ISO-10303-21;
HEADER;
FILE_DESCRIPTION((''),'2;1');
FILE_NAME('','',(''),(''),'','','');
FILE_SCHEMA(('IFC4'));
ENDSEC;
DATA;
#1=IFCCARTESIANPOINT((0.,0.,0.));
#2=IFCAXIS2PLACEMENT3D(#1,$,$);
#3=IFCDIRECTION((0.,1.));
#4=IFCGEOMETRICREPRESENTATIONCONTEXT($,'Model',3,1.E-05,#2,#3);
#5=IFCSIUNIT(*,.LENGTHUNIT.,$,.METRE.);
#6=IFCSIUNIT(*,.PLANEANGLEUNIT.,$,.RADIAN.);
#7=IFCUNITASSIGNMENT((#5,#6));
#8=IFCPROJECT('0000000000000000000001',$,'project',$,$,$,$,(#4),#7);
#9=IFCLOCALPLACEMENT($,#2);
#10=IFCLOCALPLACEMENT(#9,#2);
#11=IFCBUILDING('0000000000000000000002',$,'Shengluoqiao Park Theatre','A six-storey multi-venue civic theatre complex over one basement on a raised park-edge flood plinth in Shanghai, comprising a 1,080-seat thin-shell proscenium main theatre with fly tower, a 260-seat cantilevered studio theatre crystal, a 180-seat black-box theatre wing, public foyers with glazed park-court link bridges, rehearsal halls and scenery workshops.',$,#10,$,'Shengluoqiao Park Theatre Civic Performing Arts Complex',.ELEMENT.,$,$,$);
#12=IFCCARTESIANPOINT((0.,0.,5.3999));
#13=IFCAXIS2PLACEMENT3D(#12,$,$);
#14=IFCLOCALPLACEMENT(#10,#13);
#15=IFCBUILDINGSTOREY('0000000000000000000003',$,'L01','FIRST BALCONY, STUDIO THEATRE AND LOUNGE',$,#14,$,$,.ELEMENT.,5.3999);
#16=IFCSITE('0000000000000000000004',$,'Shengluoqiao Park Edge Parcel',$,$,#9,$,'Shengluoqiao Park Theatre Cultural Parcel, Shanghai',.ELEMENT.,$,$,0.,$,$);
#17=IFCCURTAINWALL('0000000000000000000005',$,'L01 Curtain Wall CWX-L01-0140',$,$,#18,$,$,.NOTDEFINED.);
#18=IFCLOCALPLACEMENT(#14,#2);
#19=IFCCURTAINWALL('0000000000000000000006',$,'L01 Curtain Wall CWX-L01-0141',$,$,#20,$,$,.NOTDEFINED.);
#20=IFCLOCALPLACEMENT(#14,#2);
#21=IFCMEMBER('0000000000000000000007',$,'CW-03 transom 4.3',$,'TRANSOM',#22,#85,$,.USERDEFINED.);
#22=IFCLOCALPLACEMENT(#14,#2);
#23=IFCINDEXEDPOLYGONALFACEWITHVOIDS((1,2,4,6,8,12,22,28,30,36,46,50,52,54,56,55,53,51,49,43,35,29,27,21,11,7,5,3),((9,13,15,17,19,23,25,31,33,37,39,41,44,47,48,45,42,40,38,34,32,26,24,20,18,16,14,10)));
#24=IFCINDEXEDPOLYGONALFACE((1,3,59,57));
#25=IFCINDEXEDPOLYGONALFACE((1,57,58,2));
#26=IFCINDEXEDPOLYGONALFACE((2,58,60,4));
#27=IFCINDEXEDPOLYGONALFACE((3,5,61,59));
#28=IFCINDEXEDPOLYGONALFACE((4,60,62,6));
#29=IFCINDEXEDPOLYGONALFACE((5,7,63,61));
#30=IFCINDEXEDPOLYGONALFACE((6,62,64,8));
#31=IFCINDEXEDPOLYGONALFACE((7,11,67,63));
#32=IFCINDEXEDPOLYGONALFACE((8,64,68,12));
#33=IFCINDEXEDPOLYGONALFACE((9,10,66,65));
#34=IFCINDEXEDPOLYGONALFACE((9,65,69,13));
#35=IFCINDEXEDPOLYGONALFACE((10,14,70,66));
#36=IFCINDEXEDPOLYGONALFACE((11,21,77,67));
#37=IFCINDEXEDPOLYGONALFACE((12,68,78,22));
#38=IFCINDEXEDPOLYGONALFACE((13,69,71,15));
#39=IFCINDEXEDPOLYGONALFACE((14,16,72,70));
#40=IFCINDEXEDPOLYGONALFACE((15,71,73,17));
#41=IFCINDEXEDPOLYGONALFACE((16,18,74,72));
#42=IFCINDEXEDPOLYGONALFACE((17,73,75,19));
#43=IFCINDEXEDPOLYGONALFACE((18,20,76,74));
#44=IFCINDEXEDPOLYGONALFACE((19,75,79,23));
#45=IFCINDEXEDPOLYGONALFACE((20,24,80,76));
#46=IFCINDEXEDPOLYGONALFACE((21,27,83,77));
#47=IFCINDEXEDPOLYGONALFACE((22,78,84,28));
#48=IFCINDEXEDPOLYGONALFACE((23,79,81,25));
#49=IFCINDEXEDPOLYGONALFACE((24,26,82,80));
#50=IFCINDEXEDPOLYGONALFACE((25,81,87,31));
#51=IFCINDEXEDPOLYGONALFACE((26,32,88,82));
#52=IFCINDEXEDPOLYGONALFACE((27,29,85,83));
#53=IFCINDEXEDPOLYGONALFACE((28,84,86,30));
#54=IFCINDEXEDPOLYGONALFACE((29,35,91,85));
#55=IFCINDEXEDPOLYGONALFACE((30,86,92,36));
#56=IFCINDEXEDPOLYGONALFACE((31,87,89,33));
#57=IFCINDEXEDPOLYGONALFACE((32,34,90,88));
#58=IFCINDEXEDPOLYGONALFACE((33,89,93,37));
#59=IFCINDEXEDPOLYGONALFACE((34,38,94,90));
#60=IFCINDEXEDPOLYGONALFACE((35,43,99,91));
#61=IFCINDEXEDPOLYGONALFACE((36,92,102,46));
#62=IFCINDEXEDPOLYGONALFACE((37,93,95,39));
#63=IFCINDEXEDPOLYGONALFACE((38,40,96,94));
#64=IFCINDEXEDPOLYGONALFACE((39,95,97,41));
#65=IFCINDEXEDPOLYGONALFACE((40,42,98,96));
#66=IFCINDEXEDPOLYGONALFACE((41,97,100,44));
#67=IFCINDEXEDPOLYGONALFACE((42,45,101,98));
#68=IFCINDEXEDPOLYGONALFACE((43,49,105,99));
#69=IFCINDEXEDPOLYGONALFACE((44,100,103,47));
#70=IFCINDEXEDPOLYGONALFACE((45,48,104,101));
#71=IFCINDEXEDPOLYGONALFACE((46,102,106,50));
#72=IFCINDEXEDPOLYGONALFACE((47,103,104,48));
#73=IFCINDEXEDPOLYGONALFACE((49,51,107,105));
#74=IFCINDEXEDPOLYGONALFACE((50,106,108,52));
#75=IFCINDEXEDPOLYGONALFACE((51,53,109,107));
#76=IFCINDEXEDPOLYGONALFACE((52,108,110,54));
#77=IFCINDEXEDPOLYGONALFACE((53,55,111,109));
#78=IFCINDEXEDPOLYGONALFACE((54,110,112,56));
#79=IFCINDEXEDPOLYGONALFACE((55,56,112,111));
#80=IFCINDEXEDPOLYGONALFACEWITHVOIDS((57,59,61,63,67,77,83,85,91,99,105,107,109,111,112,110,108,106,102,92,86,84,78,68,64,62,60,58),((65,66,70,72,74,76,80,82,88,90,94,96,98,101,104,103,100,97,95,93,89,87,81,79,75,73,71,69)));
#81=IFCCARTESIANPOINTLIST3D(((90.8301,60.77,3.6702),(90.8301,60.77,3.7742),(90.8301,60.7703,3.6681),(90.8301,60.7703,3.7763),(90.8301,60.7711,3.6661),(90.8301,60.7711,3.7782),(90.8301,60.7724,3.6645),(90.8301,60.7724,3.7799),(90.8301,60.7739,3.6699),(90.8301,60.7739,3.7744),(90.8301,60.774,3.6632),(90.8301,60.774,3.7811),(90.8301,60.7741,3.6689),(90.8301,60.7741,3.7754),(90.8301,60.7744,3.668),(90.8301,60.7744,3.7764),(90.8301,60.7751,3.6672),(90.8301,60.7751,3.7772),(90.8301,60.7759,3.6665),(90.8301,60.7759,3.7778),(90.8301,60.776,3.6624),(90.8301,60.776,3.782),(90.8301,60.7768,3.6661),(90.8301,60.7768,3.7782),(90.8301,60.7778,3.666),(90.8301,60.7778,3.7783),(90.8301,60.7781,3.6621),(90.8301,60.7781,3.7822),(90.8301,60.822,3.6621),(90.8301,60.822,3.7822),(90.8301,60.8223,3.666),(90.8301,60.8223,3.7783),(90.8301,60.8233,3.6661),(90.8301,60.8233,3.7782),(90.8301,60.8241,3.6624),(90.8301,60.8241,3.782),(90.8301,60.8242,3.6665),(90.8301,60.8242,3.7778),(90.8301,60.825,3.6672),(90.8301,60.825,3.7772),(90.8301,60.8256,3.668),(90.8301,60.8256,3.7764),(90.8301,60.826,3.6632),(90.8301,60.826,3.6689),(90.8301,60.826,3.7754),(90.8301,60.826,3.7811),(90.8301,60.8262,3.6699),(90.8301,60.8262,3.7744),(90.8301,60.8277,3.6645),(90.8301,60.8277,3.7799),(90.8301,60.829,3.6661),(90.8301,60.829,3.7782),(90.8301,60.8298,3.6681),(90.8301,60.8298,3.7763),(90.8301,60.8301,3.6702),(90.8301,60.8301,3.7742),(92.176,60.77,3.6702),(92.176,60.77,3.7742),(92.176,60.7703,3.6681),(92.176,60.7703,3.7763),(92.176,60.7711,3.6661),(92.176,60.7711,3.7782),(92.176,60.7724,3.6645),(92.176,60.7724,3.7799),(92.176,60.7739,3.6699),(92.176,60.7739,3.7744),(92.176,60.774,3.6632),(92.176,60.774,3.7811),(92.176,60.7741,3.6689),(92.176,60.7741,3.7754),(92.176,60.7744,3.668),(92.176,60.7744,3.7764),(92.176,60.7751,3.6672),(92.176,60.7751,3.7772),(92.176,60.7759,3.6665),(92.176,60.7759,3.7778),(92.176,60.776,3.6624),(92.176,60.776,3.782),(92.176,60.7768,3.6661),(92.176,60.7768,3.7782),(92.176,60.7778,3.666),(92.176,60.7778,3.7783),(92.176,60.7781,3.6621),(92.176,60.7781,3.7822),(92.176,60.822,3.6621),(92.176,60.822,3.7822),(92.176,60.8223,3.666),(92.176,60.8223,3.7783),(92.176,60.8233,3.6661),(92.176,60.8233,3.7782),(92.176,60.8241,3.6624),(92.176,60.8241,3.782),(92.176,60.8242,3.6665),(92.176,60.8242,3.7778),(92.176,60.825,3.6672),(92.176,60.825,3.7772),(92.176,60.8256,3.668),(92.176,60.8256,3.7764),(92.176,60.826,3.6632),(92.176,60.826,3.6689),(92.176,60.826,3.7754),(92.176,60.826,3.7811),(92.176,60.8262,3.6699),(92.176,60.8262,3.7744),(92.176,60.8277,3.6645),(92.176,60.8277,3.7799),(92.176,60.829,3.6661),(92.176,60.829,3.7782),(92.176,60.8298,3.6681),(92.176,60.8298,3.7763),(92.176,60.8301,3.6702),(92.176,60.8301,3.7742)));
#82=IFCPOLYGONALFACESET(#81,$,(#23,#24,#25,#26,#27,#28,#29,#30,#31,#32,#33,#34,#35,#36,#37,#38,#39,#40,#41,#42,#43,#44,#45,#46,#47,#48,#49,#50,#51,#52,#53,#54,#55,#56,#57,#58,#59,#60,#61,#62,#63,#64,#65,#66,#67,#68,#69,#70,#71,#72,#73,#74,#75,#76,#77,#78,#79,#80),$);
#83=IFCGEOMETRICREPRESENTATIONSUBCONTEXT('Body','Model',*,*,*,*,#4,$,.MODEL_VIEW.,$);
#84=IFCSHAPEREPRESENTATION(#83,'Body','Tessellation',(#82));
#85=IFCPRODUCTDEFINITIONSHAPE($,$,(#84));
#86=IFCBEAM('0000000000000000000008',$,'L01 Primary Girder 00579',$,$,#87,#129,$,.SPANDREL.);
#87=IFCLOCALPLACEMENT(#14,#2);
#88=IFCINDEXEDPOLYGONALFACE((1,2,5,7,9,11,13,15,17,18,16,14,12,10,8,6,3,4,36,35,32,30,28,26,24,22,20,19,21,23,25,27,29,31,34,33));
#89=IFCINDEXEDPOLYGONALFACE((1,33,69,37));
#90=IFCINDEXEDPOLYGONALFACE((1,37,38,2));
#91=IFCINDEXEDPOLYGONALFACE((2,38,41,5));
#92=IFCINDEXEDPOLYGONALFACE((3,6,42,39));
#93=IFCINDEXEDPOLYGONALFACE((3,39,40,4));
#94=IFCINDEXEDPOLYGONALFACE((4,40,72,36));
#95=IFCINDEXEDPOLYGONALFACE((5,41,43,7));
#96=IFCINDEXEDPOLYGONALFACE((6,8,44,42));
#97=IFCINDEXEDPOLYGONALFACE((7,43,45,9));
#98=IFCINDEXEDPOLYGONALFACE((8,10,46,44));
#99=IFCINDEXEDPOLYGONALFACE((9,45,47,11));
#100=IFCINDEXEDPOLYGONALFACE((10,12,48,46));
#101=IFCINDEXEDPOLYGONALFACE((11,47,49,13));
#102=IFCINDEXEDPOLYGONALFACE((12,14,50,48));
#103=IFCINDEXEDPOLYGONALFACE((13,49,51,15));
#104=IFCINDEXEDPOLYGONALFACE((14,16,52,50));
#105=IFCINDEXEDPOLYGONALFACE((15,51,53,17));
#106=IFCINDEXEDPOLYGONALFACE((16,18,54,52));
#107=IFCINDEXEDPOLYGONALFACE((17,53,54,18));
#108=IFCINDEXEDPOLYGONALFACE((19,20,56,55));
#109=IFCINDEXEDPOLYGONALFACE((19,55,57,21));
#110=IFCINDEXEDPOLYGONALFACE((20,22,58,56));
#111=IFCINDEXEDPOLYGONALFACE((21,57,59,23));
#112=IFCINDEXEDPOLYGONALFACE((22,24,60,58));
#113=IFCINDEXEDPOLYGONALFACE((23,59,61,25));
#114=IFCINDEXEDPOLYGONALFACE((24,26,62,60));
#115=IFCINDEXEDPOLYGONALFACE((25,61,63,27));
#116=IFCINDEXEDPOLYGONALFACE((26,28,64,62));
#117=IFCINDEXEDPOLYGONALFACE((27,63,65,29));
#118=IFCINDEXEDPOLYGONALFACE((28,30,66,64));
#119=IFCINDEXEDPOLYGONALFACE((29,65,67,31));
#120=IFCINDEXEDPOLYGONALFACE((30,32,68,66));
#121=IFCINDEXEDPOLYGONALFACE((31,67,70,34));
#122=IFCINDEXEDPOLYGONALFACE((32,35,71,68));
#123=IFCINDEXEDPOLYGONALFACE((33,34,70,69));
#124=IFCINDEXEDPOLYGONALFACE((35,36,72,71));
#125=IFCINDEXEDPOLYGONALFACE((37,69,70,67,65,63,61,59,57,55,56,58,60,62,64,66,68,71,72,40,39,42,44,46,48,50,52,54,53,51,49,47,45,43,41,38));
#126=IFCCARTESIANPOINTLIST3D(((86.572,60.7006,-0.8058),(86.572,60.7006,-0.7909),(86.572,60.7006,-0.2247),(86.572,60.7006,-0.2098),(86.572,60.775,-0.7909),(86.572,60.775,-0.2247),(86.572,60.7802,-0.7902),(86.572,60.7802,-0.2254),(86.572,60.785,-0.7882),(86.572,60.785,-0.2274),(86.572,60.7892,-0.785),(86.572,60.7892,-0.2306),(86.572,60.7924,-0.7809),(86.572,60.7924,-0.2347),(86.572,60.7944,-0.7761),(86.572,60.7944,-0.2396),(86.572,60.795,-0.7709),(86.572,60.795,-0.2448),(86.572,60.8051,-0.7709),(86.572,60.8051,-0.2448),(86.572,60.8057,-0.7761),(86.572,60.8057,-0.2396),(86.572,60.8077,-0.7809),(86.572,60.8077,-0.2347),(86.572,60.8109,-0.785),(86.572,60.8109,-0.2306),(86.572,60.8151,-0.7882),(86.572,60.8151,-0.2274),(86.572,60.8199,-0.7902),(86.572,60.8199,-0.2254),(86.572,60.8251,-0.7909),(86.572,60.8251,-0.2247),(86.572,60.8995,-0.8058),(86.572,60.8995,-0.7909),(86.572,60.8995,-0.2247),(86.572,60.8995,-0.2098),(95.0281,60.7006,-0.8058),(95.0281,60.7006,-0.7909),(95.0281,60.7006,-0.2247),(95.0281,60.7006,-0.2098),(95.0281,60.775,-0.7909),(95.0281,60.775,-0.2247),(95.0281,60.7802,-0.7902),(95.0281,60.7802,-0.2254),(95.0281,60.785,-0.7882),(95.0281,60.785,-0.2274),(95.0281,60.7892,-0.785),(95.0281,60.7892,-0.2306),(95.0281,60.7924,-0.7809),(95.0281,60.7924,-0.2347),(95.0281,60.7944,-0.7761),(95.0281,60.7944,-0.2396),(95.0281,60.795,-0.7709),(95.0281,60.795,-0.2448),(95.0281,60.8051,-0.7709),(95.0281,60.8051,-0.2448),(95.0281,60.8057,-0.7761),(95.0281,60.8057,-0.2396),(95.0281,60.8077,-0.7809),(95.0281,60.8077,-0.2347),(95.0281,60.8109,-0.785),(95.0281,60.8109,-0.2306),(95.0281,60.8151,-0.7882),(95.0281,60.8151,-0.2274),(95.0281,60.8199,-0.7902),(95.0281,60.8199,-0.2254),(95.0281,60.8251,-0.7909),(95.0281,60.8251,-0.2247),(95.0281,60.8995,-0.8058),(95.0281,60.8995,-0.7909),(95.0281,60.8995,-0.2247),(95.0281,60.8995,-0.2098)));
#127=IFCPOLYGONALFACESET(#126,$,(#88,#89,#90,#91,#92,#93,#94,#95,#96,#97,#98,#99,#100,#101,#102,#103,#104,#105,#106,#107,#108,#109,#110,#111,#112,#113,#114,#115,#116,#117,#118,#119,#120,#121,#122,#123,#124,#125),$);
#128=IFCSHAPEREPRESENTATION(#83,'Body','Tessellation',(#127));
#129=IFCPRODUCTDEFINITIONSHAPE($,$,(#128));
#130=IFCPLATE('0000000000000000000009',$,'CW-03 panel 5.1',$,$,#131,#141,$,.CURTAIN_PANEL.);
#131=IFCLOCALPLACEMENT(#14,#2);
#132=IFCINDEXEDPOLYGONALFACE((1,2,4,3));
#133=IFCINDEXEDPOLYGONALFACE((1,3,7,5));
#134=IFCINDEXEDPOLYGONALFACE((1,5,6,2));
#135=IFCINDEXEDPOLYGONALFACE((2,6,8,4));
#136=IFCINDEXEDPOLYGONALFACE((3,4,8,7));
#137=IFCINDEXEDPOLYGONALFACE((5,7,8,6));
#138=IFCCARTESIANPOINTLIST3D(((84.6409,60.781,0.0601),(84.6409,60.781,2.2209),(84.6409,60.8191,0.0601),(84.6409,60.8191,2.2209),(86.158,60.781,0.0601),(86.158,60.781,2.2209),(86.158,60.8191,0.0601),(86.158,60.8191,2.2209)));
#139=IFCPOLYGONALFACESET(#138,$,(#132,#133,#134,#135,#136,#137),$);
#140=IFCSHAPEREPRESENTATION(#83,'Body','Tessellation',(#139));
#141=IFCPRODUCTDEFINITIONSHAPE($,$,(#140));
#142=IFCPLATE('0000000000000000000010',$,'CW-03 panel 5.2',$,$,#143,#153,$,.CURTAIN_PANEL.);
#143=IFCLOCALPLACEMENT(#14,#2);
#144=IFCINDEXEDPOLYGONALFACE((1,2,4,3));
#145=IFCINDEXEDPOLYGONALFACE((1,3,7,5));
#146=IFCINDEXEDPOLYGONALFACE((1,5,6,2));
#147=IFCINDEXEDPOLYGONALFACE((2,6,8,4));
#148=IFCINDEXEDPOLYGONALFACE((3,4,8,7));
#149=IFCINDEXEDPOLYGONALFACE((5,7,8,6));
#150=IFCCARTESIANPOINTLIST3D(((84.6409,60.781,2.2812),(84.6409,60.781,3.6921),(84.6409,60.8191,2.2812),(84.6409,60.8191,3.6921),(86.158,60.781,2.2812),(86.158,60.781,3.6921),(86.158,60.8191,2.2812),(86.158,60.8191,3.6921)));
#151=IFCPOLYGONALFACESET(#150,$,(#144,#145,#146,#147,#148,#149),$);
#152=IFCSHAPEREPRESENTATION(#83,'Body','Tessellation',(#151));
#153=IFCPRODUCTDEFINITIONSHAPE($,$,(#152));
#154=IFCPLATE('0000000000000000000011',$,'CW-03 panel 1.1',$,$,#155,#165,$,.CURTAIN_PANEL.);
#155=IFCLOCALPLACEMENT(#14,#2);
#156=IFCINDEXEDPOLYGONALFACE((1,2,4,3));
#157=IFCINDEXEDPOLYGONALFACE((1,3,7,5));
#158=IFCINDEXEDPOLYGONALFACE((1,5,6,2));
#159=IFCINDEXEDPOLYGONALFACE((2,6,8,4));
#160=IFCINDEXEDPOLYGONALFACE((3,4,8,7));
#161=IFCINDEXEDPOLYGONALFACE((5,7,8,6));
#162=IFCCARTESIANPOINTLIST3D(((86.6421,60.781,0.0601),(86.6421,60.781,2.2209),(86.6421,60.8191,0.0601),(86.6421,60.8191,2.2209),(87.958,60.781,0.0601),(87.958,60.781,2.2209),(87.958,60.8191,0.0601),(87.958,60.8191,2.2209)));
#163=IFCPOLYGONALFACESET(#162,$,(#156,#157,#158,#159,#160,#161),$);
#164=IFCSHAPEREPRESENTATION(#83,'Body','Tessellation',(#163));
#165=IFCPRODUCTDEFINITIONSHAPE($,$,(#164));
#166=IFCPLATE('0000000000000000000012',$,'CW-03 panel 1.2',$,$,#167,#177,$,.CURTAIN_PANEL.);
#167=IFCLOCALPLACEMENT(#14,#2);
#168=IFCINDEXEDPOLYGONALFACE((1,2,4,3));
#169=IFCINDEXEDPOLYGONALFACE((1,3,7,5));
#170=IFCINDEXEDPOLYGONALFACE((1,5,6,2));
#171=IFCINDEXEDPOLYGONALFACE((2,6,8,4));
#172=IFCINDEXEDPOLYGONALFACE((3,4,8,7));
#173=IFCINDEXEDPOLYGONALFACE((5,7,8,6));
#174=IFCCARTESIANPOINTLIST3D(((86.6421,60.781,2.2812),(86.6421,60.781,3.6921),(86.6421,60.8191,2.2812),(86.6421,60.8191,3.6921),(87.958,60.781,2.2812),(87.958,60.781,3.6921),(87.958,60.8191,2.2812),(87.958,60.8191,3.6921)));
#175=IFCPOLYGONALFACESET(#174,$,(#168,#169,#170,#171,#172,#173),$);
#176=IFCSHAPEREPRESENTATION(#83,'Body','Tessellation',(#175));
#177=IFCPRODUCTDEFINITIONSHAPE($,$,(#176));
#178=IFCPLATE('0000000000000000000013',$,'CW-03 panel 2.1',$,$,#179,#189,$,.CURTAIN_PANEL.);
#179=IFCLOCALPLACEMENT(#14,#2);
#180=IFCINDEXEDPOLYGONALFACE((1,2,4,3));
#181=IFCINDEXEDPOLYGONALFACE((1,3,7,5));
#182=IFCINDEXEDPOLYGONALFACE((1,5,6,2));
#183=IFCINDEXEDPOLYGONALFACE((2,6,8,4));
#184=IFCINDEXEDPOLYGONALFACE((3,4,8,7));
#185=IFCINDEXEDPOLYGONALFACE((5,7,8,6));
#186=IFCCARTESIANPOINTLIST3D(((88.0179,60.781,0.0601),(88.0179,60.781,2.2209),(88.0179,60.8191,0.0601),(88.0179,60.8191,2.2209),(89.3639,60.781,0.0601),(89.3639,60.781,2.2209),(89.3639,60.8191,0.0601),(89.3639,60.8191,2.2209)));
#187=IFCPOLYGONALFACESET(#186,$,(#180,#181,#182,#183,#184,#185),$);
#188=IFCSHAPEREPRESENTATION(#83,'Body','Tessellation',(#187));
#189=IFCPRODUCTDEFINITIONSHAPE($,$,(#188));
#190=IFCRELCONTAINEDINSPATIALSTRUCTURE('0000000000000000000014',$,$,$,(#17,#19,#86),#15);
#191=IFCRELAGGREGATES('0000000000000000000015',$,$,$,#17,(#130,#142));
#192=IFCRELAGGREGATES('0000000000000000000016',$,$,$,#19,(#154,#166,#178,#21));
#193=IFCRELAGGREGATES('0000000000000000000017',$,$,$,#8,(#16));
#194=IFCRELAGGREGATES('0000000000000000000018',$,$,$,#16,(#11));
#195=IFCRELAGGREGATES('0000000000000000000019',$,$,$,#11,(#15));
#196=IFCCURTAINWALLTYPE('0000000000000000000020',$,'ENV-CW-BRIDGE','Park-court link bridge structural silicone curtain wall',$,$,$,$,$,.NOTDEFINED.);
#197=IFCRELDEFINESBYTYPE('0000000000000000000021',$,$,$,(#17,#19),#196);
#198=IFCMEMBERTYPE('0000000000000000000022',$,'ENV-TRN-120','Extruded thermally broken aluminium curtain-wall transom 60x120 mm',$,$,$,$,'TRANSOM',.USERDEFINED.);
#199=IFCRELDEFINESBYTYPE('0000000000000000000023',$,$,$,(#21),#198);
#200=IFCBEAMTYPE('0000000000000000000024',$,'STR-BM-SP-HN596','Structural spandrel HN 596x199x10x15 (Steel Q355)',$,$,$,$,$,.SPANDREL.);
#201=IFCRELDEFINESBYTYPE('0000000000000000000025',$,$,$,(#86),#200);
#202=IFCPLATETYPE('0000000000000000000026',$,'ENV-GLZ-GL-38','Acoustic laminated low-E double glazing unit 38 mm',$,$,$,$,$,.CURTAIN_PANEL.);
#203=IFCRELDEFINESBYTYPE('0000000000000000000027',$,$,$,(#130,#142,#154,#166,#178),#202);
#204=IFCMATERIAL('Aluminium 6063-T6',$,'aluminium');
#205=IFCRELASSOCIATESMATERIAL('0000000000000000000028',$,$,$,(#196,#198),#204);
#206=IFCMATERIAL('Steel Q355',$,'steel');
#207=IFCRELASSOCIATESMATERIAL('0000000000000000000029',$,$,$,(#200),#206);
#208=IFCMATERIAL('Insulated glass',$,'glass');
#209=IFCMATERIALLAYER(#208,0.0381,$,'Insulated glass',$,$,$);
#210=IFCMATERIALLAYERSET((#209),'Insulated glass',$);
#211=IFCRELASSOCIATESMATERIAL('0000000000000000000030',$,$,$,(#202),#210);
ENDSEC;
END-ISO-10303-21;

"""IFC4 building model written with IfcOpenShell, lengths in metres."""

from ifc_helpers import new_model, si_unit, direction, frame, origin, origin_2d, place, context, subcontext, project, spatial, rectangle, hollow_rectangle, i_section, extrude, material, layer, layer_set, material_profile, profile_set, type_object, element, aggregate, save


model = new_model("IFC4")

# Units and contexts
model_context = context("Model", 3, precision=1e-05, world=origin(), true_north=direction((0.0, 1.0)))
body_context = subcontext(model_context, "Body", "Model", "MODEL_VIEW")
ifc_project = project(units=[si_unit("LENGTHUNIT", "METRE"), si_unit("PLANEANGLEUNIT", "RADIAN")], contexts=[model_context])

# Site, building, storey
site_placement = place(None, origin())
site = spatial("IfcSite", under=ifc_project, at=site_placement, Name="Shengluoqiao Park Edge Parcel", LongName="Shengluoqiao Park Theatre Cultural Parcel, Shanghai", CompositionType="ELEMENT", RefElevation=0.0)
building_placement = place(site_placement, origin())
building = spatial("IfcBuilding", under=site, at=building_placement, Name="Shengluoqiao Park Theatre", Description="A six-storey multi-venue civic theatre complex over one basement on a raised park-edge flood plinth in Shanghai, comprising a 1,080-seat thin-shell proscenium main theatre with fly tower, a 260-seat cantilevered studio theatre crystal, a 180-seat black-box theatre wing, public foyers with glazed park-court link bridges, rehearsal halls and scenery workshops.", LongName="Shengluoqiao Park Theatre Civic Performing Arts Complex", CompositionType="ELEMENT")
storey_placement = place(building_placement, frame((0.0, 0.0, 5.3999)))
storey = spatial("IfcBuildingStorey", under=building, at=storey_placement, Name="L01", Description="FIRST BALCONY, STUDIO THEATRE AND LOUNGE", CompositionType="ELEMENT", Elevation=5.3999)

# Shared definitions
ifc_material_1 = material(Name="Steel Q355", Category="steel")

# Curtain wall
ifc_material_2 = material(Name="Aluminium 6063-T6", Category="aluminium")
curtain_wall_type = type_object("IfcCurtainWallType", Name="ENV-CW-BRIDGE", Description="Park-court link bridge structural silicone curtain wall", PredefinedType="NOTDEFINED", material=ifc_material_2)
curtain_wall_1_placement = place(storey_placement, origin())
curtain_wall_1 = element("IfcCurtainWall", 1, at=curtain_wall_1_placement, inside=storey, type_object=curtain_wall_type, Name="L01 Curtain Wall CWX-L01-0140", PredefinedType="NOTDEFINED")

# Curtain wall
curtain_wall_2_placement = place(storey_placement, origin())
curtain_wall_2 = element("IfcCurtainWall", 2, at=curtain_wall_2_placement, inside=storey, type_object=curtain_wall_type, Name="L01 Curtain Wall CWX-L01-0141", PredefinedType="NOTDEFINED")

# Member
ifc_material_profile_1 = material_profile(ifc_material_2, hollow_rectangle(XDim=0.0601, YDim=0.1201, WallThickness=0.0039, InnerFilletRadius=0.0039, OuterFilletRadius=0.0081, at=origin_2d()), Name="ALU TRANSOM 120x60x4")
ifc_profile_set_1 = profile_set([ifc_material_profile_1], Name="Aluminium 6063-T6")
member_type_1 = type_object("IfcMemberType", Name="ENV-TRN-120", Description="Extruded thermally broken aluminium curtain-wall transom 60x120 mm", ElementType="TRANSOM", PredefinedType="USERDEFINED", material=ifc_profile_set_1)
member_1_placement = place(storey_placement, frame((90.8301, 60.8, 3.7222), z_axis=(1.0, 0.0, 0.0), x_axis=(0.0, 1.0, 0.0)))
member_1 = element("IfcMember", 3, at=member_1_placement, type_object=member_type_1, Name="CW-03 transom 4.3", ObjectType="TRANSOM", PredefinedType="USERDEFINED", context=body_context, shape_type="SweptSolid", body=[
    extrude(hollow_rectangle(XDim=0.0601, YDim=0.1201, WallThickness=0.0039, InnerFilletRadius=0.0039, OuterFilletRadius=0.0081, at=origin_2d()), origin(), (0.0, 0.0, 1.0), 1.3459),
])

# Beam
ifc_material_profile_2 = material_profile(ifc_material_1, i_section(OverallWidth=0.199, OverallDepth=0.5959, WebThickness=0.01, FlangeThickness=0.0149, FilletRadius=0.02, at=origin_2d()), Name="HN 596x199x10x15")
ifc_profile_set_2 = profile_set([ifc_material_profile_2], Name="Steel Q355")
beam_type = type_object("IfcBeamType", Name="STR-BM-SP-HN596", Description="Structural spandrel HN 596x199x10x15 (Steel Q355)", PredefinedType="SPANDREL", material=ifc_profile_set_2)
beam_placement = place(storey_placement, frame((86.572, 60.8, -0.5078), z_axis=(1.0, 0.0, 0.0), x_axis=(0.0, 1.0, 0.0)))
element("IfcBeam", 4, at=beam_placement, inside=storey, type_object=beam_type, Name="L01 Primary Girder 00579", PredefinedType="SPANDREL", context=body_context, shape_type="SweptSolid", body=[
    extrude(i_section(OverallWidth=0.199, OverallDepth=0.5959, WebThickness=0.01, FlangeThickness=0.0149, FilletRadius=0.02, at=origin_2d()), origin(), (0.0, 0.0, 1.0), 8.4561),
])

# Plates
ifc_material_3 = material(Name="Insulated glass", Category="glass")
ifc_layer_1 = layer(ifc_material_3, 0.0381, Name="Insulated glass")
ifc_layer_set_1 = layer_set([ifc_layer_1], Name="Insulated glass")
plate_type_1 = type_object("IfcPlateType", Name="ENV-GLZ-GL-38", Description="Acoustic laminated low-E double glazing unit 38 mm", PredefinedType="CURTAIN_PANEL", material=ifc_layer_set_1)
plate_1_placement = place(storey_placement, frame((85.3994, 60.8, 0.0601), z_axis=(0.0, 0.0, 1.0), x_axis=(1.0, 0.0, 0.0)))
plate_1 = element("IfcPlate", 5, at=plate_1_placement, type_object=plate_type_1, Name="CW-03 panel 5.1", PredefinedType="CURTAIN_PANEL", context=body_context, shape_type="SweptSolid", body=[
    extrude(rectangle(XDim=1.5171, YDim=0.0381, at=origin_2d()), origin(), (0.0, 0.0, 1.0), 2.1609),
])
plate_2_placement = place(storey_placement, frame((85.3994, 60.8, 2.2812), z_axis=(0.0, 0.0, 1.0), x_axis=(1.0, 0.0, 0.0)))
plate_2 = element("IfcPlate", 6, at=plate_2_placement, type_object=plate_type_1, Name="CW-03 panel 5.2", PredefinedType="CURTAIN_PANEL", context=body_context, shape_type="SweptSolid", body=[
    extrude(rectangle(XDim=1.5171, YDim=0.0381, at=origin_2d()), origin(), (0.0, 0.0, 1.0), 1.4109),
])
aggregate(curtain_wall_1, [plate_1, plate_2])
plate_3_placement = place(storey_placement, frame((87.3, 60.8, 0.0601), z_axis=(0.0, 0.0, 1.0), x_axis=(1.0, 0.0, 0.0)))
plate_3 = element("IfcPlate", 7, at=plate_3_placement, type_object=plate_type_1, Name="CW-03 panel 1.1", PredefinedType="CURTAIN_PANEL", context=body_context, shape_type="SweptSolid", body=[
    extrude(rectangle(XDim=1.3159, YDim=0.0381, at=origin_2d()), origin(), (0.0, 0.0, 1.0), 2.1609),
])
plate_4_placement = place(storey_placement, frame((87.3, 60.8, 2.2812), z_axis=(0.0, 0.0, 1.0), x_axis=(1.0, 0.0, 0.0)))
plate_4 = element("IfcPlate", 8, at=plate_4_placement, type_object=plate_type_1, Name="CW-03 panel 1.2", PredefinedType="CURTAIN_PANEL", context=body_context, shape_type="SweptSolid", body=[
    extrude(rectangle(XDim=1.3159, YDim=0.0381, at=origin_2d()), origin(), (0.0, 0.0, 1.0), 1.4109),
])
plate_5_placement = place(storey_placement, frame((88.6909, 60.8, 0.0601), z_axis=(0.0, 0.0, 1.0), x_axis=(1.0, 0.0, 0.0)))
plate_5 = element("IfcPlate", 9, at=plate_5_placement, type_object=plate_type_1, Name="CW-03 panel 2.1", PredefinedType="CURTAIN_PANEL", context=body_context, shape_type="SweptSolid", body=[
    extrude(rectangle(XDim=1.3459, YDim=0.0381, at=origin_2d()), origin(), (0.0, 0.0, 1.0), 2.1609),
])
aggregate(curtain_wall_2, [plate_3, plate_4, plate_5, member_1])

save(model, "model.ifc")
